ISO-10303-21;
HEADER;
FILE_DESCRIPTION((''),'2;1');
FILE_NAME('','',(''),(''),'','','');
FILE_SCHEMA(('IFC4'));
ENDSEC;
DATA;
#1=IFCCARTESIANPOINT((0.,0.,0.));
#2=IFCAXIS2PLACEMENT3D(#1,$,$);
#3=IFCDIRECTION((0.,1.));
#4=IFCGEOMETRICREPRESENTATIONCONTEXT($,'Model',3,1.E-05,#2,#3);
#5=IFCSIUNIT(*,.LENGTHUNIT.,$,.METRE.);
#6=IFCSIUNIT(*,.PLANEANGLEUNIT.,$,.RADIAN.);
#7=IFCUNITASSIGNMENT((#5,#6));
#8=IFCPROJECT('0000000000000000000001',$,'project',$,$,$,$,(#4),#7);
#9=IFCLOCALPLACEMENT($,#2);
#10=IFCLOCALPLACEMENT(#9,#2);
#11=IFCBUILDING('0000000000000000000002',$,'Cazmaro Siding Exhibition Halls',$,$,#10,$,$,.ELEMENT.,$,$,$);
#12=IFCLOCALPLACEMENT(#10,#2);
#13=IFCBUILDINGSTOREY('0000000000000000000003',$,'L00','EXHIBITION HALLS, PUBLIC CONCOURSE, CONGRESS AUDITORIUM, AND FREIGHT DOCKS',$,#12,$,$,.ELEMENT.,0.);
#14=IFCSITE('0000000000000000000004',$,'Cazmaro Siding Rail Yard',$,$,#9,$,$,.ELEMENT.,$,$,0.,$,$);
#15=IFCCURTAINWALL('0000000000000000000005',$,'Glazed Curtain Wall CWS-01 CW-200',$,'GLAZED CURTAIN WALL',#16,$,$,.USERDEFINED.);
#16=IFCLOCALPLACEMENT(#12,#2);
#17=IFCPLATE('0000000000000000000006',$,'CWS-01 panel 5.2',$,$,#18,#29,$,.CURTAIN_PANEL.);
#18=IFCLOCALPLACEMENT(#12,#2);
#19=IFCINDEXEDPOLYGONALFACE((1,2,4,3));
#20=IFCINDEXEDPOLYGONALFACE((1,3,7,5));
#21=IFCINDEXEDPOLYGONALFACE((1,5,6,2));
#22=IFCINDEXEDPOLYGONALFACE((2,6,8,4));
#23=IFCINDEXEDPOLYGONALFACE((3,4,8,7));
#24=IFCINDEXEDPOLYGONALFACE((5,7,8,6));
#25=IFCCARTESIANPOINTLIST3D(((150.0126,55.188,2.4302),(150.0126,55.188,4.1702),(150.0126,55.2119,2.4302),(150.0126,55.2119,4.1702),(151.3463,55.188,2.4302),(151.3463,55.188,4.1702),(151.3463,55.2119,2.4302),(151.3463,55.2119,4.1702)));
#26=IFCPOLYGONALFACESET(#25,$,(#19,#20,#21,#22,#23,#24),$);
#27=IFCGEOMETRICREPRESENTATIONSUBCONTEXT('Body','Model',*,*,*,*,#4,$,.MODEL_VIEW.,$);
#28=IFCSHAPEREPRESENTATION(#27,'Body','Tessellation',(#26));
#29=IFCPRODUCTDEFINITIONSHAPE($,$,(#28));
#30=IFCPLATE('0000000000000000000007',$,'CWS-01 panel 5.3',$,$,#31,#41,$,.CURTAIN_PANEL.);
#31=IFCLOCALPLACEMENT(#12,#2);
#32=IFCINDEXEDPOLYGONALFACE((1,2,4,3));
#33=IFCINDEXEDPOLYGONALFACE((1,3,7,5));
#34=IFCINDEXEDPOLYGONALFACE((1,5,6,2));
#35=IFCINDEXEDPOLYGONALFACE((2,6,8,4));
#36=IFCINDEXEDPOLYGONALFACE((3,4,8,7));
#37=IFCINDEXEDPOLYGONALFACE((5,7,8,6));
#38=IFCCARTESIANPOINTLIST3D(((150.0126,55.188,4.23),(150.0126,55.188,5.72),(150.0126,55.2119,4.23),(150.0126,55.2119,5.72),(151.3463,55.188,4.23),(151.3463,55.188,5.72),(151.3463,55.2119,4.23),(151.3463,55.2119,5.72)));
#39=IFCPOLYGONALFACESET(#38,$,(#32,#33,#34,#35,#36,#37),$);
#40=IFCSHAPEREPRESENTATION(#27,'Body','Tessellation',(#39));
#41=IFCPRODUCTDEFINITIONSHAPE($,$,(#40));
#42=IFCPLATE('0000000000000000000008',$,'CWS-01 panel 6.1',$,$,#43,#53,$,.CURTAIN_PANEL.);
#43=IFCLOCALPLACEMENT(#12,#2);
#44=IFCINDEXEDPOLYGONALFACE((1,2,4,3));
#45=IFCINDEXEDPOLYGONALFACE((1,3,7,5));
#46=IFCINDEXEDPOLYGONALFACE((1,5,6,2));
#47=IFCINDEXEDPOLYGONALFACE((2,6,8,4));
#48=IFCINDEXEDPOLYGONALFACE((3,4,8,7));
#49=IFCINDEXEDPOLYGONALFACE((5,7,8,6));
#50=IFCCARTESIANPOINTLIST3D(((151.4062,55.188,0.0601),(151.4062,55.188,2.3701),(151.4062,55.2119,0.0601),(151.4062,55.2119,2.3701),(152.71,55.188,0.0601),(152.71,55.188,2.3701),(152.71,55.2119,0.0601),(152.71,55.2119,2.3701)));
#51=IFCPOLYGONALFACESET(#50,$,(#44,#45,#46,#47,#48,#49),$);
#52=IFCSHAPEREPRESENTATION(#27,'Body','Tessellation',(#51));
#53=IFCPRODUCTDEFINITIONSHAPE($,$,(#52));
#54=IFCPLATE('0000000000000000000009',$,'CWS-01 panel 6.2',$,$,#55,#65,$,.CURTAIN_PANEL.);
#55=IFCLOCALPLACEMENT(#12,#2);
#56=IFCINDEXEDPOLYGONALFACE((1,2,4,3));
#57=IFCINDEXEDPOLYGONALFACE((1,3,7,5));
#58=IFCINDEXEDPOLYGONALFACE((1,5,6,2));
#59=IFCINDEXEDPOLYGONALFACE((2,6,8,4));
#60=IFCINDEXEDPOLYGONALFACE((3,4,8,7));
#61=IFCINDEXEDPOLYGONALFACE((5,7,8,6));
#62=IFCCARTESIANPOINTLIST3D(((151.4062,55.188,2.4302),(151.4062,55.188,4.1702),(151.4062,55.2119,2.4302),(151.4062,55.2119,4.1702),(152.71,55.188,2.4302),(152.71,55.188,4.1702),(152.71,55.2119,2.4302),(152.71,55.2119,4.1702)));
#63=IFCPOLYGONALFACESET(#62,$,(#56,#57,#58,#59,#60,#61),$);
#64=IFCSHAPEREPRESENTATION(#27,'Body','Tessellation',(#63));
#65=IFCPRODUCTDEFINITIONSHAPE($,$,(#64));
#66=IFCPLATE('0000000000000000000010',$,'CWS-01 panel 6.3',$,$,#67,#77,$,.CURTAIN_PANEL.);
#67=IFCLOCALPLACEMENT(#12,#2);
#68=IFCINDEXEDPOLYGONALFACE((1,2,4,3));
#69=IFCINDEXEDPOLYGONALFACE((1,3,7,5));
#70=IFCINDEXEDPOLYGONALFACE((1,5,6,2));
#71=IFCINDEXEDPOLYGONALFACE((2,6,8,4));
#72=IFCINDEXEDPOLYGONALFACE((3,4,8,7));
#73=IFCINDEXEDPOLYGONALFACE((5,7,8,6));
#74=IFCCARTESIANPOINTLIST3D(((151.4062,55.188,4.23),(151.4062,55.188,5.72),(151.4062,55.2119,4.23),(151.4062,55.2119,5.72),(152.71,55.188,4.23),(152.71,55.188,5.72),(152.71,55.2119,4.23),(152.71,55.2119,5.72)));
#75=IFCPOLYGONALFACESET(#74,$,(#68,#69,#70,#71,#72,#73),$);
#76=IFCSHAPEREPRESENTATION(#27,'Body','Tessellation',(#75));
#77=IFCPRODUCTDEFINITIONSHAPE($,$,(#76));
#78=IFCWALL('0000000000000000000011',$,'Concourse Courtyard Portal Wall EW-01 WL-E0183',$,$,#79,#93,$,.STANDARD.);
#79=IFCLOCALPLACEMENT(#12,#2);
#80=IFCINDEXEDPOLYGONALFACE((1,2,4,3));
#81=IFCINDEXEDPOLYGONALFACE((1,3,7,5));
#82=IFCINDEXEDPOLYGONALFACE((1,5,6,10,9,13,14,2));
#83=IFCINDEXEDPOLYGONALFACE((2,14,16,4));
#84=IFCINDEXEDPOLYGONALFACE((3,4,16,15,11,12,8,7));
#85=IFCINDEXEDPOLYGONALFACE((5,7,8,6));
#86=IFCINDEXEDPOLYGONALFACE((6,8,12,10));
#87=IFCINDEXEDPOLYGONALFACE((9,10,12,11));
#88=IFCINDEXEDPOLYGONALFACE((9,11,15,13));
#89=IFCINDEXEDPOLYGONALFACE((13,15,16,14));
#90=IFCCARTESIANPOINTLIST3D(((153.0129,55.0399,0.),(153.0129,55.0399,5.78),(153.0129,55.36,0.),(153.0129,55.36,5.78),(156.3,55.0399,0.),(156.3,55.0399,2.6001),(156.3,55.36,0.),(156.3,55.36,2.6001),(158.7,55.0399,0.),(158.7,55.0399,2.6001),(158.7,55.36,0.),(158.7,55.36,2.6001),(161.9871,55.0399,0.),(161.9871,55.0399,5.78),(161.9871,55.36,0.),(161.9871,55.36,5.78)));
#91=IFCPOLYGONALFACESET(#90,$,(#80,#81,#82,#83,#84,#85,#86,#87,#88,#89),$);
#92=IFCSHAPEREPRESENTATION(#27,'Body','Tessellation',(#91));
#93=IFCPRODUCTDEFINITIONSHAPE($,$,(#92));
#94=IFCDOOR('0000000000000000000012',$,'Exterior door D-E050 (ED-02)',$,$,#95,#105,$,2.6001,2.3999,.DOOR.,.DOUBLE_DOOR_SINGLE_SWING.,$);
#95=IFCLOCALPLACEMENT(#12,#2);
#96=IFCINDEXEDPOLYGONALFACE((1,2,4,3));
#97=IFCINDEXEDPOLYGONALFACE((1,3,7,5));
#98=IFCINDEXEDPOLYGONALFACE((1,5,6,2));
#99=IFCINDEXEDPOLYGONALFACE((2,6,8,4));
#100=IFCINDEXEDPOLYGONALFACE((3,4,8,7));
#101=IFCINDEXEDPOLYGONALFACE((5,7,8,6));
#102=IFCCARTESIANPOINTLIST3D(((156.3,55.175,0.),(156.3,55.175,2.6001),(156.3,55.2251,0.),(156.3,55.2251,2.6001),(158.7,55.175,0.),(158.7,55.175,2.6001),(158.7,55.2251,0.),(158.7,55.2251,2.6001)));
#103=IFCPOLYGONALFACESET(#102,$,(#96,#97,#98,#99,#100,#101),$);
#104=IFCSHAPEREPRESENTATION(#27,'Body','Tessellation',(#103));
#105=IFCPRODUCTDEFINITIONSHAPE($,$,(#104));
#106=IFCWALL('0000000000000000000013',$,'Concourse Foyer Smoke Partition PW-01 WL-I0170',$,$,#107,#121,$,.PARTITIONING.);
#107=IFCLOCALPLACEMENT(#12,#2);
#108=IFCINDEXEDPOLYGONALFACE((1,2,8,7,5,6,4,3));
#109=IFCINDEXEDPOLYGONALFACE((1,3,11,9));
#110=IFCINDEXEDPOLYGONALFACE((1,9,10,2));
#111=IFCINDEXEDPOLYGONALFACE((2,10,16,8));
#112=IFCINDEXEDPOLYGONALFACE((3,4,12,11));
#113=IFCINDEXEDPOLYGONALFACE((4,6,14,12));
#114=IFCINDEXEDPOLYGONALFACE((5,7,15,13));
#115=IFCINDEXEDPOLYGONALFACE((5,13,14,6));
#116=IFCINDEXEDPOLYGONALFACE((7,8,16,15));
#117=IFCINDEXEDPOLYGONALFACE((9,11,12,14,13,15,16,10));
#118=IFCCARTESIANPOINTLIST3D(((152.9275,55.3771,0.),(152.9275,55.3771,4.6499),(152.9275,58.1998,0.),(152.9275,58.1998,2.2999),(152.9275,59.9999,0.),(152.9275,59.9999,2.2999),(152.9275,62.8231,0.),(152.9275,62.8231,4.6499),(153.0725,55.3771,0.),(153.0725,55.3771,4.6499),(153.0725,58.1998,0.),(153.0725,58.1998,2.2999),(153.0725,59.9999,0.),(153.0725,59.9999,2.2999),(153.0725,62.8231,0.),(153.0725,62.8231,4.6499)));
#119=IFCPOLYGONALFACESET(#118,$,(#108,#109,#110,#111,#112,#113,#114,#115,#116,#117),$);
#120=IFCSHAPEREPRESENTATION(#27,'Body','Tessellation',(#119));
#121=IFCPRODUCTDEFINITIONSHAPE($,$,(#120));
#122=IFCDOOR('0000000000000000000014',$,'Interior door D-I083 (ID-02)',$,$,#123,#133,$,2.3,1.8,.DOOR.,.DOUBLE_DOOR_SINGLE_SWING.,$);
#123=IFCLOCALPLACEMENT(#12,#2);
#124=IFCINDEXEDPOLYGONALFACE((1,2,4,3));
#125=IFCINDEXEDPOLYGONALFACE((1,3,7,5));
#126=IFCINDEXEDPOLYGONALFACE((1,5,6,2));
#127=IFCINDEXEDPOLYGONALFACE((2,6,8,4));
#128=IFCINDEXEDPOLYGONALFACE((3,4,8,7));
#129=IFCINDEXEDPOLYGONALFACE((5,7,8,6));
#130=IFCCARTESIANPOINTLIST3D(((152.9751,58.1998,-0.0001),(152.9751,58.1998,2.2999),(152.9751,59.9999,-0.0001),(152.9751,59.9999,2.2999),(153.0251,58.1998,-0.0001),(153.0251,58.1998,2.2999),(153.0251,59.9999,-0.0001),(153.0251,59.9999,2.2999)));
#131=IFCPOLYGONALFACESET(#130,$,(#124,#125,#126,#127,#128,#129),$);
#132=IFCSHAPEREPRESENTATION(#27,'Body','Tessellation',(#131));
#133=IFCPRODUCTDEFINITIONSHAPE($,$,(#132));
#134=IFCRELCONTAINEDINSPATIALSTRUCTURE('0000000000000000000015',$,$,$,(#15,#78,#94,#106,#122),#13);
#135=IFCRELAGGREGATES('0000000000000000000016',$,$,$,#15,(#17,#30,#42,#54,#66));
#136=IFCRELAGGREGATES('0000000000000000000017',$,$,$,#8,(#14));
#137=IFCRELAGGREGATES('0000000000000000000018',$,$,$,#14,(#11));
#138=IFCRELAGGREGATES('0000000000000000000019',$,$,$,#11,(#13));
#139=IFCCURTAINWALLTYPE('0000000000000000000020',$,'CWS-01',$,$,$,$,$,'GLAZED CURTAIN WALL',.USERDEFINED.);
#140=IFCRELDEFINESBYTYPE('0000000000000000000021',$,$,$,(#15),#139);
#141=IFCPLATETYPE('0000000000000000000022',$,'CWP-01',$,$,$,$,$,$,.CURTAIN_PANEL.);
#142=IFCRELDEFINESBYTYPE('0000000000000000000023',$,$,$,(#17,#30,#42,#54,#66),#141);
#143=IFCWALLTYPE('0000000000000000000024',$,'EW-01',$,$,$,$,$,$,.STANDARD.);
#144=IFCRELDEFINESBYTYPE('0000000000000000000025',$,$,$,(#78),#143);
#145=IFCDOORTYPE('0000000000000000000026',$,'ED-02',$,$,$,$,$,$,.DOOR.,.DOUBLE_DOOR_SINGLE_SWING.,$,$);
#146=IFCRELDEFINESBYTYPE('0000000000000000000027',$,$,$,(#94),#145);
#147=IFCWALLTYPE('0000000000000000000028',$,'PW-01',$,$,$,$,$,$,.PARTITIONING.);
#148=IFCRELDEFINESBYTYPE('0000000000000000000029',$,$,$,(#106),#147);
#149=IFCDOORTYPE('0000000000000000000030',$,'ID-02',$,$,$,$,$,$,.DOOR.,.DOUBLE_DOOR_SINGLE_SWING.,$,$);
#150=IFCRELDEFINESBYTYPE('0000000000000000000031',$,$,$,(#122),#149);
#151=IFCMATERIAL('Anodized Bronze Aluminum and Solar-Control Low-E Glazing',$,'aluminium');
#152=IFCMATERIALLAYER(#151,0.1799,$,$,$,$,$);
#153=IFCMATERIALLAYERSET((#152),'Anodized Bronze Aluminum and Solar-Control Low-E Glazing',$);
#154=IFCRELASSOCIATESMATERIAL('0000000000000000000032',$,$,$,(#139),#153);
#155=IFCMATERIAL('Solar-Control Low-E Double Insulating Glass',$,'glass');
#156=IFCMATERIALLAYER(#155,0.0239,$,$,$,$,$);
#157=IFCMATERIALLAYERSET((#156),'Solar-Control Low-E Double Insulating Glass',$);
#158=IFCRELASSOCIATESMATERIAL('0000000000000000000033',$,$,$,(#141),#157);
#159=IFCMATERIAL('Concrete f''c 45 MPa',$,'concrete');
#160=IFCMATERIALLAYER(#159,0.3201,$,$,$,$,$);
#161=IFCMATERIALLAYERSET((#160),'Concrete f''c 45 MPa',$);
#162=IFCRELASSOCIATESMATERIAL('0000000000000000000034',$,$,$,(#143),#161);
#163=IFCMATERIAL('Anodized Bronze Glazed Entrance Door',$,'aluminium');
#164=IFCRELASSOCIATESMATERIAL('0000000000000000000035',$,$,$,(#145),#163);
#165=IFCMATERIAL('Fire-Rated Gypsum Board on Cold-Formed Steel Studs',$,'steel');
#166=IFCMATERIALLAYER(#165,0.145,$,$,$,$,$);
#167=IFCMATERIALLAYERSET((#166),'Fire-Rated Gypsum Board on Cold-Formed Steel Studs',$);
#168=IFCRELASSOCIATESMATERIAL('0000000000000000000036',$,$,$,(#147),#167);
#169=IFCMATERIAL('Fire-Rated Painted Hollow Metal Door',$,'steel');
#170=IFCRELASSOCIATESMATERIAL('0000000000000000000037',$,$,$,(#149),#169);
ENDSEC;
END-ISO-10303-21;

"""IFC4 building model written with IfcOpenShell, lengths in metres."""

from ifc_helpers import new_model, si_unit, direction, frame, frame_2d, origin, origin_2d, place, context, subcontext, project, spatial, rectangle, extrude, material, layer, layer_set, type_object, element, fill, aggregate, save


model = new_model("IFC4")

# Units and contexts
model_context = context("Model", 3, precision=1e-05, world=origin(), true_north=direction((0.0, 1.0)))
body_context = subcontext(model_context, "Body", "Model", "MODEL_VIEW")
ifc_project = project(units=[si_unit("LENGTHUNIT", "METRE"), si_unit("PLANEANGLEUNIT", "RADIAN")], contexts=[model_context])

# Site, building, storey
site_placement = place(None, origin())
site = spatial("IfcSite", under=ifc_project, at=site_placement, Name="Cazmaro Siding Rail Yard", CompositionType="ELEMENT", RefElevation=0.0)
building_placement = place(site_placement, origin())
building = spatial("IfcBuilding", under=site, at=building_placement, Name="Cazmaro Siding Exhibition Halls", CompositionType="ELEMENT")
storey_placement = place(building_placement, origin())
storey = spatial("IfcBuildingStorey", under=building, at=storey_placement, Name="L00", Description="EXHIBITION HALLS, PUBLIC CONCOURSE, CONGRESS AUDITORIUM, AND FREIGHT DOCKS", CompositionType="ELEMENT", Elevation=0.0)

# Curtain wall
ifc_material_1 = material(Name="Anodized Bronze Aluminum and Solar-Control Low-E Glazing", Category="aluminium")
ifc_layer_1 = layer(ifc_material_1, 0.1799)
ifc_layer_set_1 = layer_set([ifc_layer_1], Name="Anodized Bronze Aluminum and Solar-Control Low-E Glazing")
curtain_wall_type = type_object("IfcCurtainWallType", Name="CWS-01", ElementType="GLAZED CURTAIN WALL", PredefinedType="USERDEFINED", material=ifc_layer_set_1)
curtain_wall_1_placement = place(storey_placement, origin())
curtain_wall_1 = element("IfcCurtainWall", 1, at=curtain_wall_1_placement, inside=storey, type_object=curtain_wall_type, Name="Glazed Curtain Wall CWS-01 CW-200", ObjectType="GLAZED CURTAIN WALL", PredefinedType="USERDEFINED")

# Plates
ifc_material_2 = material(Name="Solar-Control Low-E Double Insulating Glass", Category="glass")
ifc_layer_2 = layer(ifc_material_2, 0.0239)
ifc_layer_set_2 = layer_set([ifc_layer_2], Name="Solar-Control Low-E Double Insulating Glass")
plate_type = type_object("IfcPlateType", Name="CWP-01", PredefinedType="CURTAIN_PANEL", material=ifc_layer_set_2)
plate_1_placement = place(storey_placement, frame((150.6794, 55.2, 2.4302), z_axis=(0.0, 0.0, 1.0), x_axis=(1.0, 0.0, 0.0)))
plate_1 = element("IfcPlate", 2, at=plate_1_placement, type_object=plate_type, Name="CWS-01 panel 5.2", PredefinedType="CURTAIN_PANEL", context=body_context, shape_type="SweptSolid", body=[
    extrude(rectangle(XDim=1.3337, YDim=0.0239, at=origin_2d()), origin(), (0.0, 0.0, 1.0), 1.74),
])
plate_2_placement = place(storey_placement, frame((150.6794, 55.2, 4.23), z_axis=(0.0, 0.0, 1.0), x_axis=(1.0, 0.0, 0.0)))
plate_2 = element("IfcPlate", 3, at=plate_2_placement, type_object=plate_type, Name="CWS-01 panel 5.3", PredefinedType="CURTAIN_PANEL", context=body_context, shape_type="SweptSolid", body=[
    extrude(rectangle(XDim=1.3337, YDim=0.0239, at=origin_2d()), origin(), (0.0, 0.0, 1.0), 1.49),
])
plate_3_placement = place(storey_placement, frame((152.0581, 55.2, 0.0601), z_axis=(0.0, 0.0, 1.0), x_axis=(1.0, 0.0, 0.0)))
plate_3 = element("IfcPlate", 4, at=plate_3_placement, type_object=plate_type, Name="CWS-01 panel 6.1", PredefinedType="CURTAIN_PANEL", context=body_context, shape_type="SweptSolid", body=[
    extrude(rectangle(XDim=1.3037, YDim=0.0239, at=origin_2d()), origin(), (0.0, 0.0, 1.0), 2.3101),
])
plate_4_placement = place(storey_placement, frame((152.0581, 55.2, 2.4302), z_axis=(0.0, 0.0, 1.0), x_axis=(1.0, 0.0, 0.0)))
plate_4 = element("IfcPlate", 5, at=plate_4_placement, type_object=plate_type, Name="CWS-01 panel 6.2", PredefinedType="CURTAIN_PANEL", context=body_context, shape_type="SweptSolid", body=[
    extrude(rectangle(XDim=1.3037, YDim=0.0239, at=origin_2d()), origin(), (0.0, 0.0, 1.0), 1.74),
])
plate_5_placement = place(storey_placement, frame((152.0581, 55.2, 4.23), z_axis=(0.0, 0.0, 1.0), x_axis=(1.0, 0.0, 0.0)))
plate_5 = element("IfcPlate", 6, at=plate_5_placement, type_object=plate_type, Name="CWS-01 panel 6.3", PredefinedType="CURTAIN_PANEL", context=body_context, shape_type="SweptSolid", body=[
    extrude(rectangle(XDim=1.3037, YDim=0.0239, at=origin_2d()), origin(), (0.0, 0.0, 1.0), 1.49),
])
aggregate(curtain_wall_1, [plate_1, plate_2, plate_3, plate_4, plate_5])

# Walls, openings, doors
ifc_material_3 = material(Name="Concrete f'c 45 MPa", Category="concrete")
ifc_layer_3 = layer(ifc_material_3, 0.3201)
ifc_layer_set_3 = layer_set([ifc_layer_3], Name="Concrete f'c 45 MPa")
wall_type_1 = type_object("IfcWallType", Name="EW-01", PredefinedType="STANDARD", material=ifc_layer_set_3)
wall_1_placement = place(storey_placement, frame((161.9871, 55.2, 0.0), z_axis=(0.0, 0.0, 1.0), x_axis=(-1.0, 0.0, 0.0)))
wall_1 = element("IfcWall", 7, at=wall_1_placement, inside=storey, type_object=wall_type_1, Name="Concourse Courtyard Portal Wall EW-01 WL-E0183", PredefinedType="STANDARD", context=body_context, shape_type="SweptSolid", body=[
    extrude(rectangle(XDim=8.9741, YDim=0.3201, at=frame_2d((4.4871, 0.0))), origin(), (0.0, 0.0, 1.0), 5.78),
])
opening_1_placement = place(wall_1_placement, frame((3.2871, 0.0, 0.0)))
opening_1 = element("IfcOpeningElement", 8, at=opening_1_placement, cuts=wall_1, PredefinedType="OPENING", context=body_context, shape_type="SweptSolid", body=[
    extrude(rectangle(XDim=2.3999, YDim=2.6001, at=frame_2d((1.2, 1.3))), frame((0.0, 0.1699, 0.0), z_axis=(0.0, -1.0, 0.0), x_axis=(1.0, 0.0, 0.0)), (0.0, 0.0, 1.0), 0.3401),
])
ifc_material_4 = material(Name="Anodized Bronze Glazed Entrance Door", Category="aluminium")
door_type_1 = type_object("IfcDoorType", Name="ED-02", OperationType="DOUBLE_DOOR_SINGLE_SWING", PredefinedType="DOOR", material=ifc_material_4)
door_1_placement = place(opening_1_placement, origin())
door_1 = element("IfcDoor", 9, at=door_1_placement, inside=storey, type_object=door_type_1, Name="Exterior door D-E050 (ED-02)", OperationType="DOUBLE_DOOR_SINGLE_SWING", OverallHeight=2.6001, OverallWidth=2.3999, PredefinedType="DOOR", context=body_context, shape_type="SweptSolid", body=[
    extrude(rectangle(XDim=2.3999, YDim=2.6001, at=frame_2d((1.2, 1.3))), frame((0.0, 0.0249, 0.0), z_axis=(0.0, -1.0, 0.0), x_axis=(1.0, 0.0, 0.0)), (0.0, 0.0, 1.0), 0.05),
])
fill(opening_1, door_1)
ifc_material_5 = material(Name="Fire-Rated Gypsum Board on Cold-Formed Steel Studs", Category="steel")
ifc_layer_4 = layer(ifc_material_5, 0.145)
ifc_layer_set_4 = layer_set([ifc_layer_4], Name="Fire-Rated Gypsum Board on Cold-Formed Steel Studs")
wall_type_2 = type_object("IfcWallType", Name="PW-01", PredefinedType="PARTITIONING", material=ifc_layer_set_4)
wall_2_placement = place(storey_placement, frame((153.0, 55.377, 0.0), z_axis=(0.0, 0.0, 1.0), x_axis=(0.0, 1.0, 0.0)))
wall_2 = element("IfcWall", 10, at=wall_2_placement, inside=storey, type_object=wall_type_2, Name="Concourse Foyer Smoke Partition PW-01 WL-I0170", PredefinedType="PARTITIONING", context=body_context, shape_type="SweptSolid", body=[
    extrude(rectangle(XDim=7.446, YDim=0.145, at=frame_2d((3.7231, 0.0))), origin(), (0.0, 0.0, 1.0), 4.6499),
])
opening_2_placement = place(wall_2_placement, frame((2.823, 0.0, 0.0)))
opening_2 = element("IfcOpeningElement", 11, at=opening_2_placement, cuts=wall_2, PredefinedType="OPENING", context=body_context, shape_type="SweptSolid", body=[
    extrude(rectangle(XDim=1.8, YDim=2.3, at=frame_2d((0.8999, 1.1499))), frame((0.0, 0.0825, 0.0), z_axis=(0.0, -1.0, 0.0), x_axis=(1.0, 0.0, 0.0)), (0.0, 0.0, 1.0), 0.165),
])
ifc_material_6 = material(Name="Fire-Rated Painted Hollow Metal Door", Category="steel")
door_type_2 = type_object("IfcDoorType", Name="ID-02", OperationType="DOUBLE_DOOR_SINGLE_SWING", PredefinedType="DOOR", material=ifc_material_6)
door_2_placement = place(opening_2_placement, origin())
door_2 = element("IfcDoor", 12, at=door_2_placement, inside=storey, type_object=door_type_2, Name="Interior door D-I083 (ID-02)", OperationType="DOUBLE_DOOR_SINGLE_SWING", OverallHeight=2.3, OverallWidth=1.8, PredefinedType="DOOR", context=body_context, shape_type="SweptSolid", body=[
    extrude(rectangle(XDim=1.8, YDim=2.3, at=frame_2d((0.8999, 1.1499))), frame((0.0, 0.0249, 0.0), z_axis=(0.0, -1.0, 0.0), x_axis=(1.0, 0.0, 0.0)), (0.0, 0.0, 1.0), 0.05),
])
fill(opening_2, door_2)

save(model, "model.ifc")
